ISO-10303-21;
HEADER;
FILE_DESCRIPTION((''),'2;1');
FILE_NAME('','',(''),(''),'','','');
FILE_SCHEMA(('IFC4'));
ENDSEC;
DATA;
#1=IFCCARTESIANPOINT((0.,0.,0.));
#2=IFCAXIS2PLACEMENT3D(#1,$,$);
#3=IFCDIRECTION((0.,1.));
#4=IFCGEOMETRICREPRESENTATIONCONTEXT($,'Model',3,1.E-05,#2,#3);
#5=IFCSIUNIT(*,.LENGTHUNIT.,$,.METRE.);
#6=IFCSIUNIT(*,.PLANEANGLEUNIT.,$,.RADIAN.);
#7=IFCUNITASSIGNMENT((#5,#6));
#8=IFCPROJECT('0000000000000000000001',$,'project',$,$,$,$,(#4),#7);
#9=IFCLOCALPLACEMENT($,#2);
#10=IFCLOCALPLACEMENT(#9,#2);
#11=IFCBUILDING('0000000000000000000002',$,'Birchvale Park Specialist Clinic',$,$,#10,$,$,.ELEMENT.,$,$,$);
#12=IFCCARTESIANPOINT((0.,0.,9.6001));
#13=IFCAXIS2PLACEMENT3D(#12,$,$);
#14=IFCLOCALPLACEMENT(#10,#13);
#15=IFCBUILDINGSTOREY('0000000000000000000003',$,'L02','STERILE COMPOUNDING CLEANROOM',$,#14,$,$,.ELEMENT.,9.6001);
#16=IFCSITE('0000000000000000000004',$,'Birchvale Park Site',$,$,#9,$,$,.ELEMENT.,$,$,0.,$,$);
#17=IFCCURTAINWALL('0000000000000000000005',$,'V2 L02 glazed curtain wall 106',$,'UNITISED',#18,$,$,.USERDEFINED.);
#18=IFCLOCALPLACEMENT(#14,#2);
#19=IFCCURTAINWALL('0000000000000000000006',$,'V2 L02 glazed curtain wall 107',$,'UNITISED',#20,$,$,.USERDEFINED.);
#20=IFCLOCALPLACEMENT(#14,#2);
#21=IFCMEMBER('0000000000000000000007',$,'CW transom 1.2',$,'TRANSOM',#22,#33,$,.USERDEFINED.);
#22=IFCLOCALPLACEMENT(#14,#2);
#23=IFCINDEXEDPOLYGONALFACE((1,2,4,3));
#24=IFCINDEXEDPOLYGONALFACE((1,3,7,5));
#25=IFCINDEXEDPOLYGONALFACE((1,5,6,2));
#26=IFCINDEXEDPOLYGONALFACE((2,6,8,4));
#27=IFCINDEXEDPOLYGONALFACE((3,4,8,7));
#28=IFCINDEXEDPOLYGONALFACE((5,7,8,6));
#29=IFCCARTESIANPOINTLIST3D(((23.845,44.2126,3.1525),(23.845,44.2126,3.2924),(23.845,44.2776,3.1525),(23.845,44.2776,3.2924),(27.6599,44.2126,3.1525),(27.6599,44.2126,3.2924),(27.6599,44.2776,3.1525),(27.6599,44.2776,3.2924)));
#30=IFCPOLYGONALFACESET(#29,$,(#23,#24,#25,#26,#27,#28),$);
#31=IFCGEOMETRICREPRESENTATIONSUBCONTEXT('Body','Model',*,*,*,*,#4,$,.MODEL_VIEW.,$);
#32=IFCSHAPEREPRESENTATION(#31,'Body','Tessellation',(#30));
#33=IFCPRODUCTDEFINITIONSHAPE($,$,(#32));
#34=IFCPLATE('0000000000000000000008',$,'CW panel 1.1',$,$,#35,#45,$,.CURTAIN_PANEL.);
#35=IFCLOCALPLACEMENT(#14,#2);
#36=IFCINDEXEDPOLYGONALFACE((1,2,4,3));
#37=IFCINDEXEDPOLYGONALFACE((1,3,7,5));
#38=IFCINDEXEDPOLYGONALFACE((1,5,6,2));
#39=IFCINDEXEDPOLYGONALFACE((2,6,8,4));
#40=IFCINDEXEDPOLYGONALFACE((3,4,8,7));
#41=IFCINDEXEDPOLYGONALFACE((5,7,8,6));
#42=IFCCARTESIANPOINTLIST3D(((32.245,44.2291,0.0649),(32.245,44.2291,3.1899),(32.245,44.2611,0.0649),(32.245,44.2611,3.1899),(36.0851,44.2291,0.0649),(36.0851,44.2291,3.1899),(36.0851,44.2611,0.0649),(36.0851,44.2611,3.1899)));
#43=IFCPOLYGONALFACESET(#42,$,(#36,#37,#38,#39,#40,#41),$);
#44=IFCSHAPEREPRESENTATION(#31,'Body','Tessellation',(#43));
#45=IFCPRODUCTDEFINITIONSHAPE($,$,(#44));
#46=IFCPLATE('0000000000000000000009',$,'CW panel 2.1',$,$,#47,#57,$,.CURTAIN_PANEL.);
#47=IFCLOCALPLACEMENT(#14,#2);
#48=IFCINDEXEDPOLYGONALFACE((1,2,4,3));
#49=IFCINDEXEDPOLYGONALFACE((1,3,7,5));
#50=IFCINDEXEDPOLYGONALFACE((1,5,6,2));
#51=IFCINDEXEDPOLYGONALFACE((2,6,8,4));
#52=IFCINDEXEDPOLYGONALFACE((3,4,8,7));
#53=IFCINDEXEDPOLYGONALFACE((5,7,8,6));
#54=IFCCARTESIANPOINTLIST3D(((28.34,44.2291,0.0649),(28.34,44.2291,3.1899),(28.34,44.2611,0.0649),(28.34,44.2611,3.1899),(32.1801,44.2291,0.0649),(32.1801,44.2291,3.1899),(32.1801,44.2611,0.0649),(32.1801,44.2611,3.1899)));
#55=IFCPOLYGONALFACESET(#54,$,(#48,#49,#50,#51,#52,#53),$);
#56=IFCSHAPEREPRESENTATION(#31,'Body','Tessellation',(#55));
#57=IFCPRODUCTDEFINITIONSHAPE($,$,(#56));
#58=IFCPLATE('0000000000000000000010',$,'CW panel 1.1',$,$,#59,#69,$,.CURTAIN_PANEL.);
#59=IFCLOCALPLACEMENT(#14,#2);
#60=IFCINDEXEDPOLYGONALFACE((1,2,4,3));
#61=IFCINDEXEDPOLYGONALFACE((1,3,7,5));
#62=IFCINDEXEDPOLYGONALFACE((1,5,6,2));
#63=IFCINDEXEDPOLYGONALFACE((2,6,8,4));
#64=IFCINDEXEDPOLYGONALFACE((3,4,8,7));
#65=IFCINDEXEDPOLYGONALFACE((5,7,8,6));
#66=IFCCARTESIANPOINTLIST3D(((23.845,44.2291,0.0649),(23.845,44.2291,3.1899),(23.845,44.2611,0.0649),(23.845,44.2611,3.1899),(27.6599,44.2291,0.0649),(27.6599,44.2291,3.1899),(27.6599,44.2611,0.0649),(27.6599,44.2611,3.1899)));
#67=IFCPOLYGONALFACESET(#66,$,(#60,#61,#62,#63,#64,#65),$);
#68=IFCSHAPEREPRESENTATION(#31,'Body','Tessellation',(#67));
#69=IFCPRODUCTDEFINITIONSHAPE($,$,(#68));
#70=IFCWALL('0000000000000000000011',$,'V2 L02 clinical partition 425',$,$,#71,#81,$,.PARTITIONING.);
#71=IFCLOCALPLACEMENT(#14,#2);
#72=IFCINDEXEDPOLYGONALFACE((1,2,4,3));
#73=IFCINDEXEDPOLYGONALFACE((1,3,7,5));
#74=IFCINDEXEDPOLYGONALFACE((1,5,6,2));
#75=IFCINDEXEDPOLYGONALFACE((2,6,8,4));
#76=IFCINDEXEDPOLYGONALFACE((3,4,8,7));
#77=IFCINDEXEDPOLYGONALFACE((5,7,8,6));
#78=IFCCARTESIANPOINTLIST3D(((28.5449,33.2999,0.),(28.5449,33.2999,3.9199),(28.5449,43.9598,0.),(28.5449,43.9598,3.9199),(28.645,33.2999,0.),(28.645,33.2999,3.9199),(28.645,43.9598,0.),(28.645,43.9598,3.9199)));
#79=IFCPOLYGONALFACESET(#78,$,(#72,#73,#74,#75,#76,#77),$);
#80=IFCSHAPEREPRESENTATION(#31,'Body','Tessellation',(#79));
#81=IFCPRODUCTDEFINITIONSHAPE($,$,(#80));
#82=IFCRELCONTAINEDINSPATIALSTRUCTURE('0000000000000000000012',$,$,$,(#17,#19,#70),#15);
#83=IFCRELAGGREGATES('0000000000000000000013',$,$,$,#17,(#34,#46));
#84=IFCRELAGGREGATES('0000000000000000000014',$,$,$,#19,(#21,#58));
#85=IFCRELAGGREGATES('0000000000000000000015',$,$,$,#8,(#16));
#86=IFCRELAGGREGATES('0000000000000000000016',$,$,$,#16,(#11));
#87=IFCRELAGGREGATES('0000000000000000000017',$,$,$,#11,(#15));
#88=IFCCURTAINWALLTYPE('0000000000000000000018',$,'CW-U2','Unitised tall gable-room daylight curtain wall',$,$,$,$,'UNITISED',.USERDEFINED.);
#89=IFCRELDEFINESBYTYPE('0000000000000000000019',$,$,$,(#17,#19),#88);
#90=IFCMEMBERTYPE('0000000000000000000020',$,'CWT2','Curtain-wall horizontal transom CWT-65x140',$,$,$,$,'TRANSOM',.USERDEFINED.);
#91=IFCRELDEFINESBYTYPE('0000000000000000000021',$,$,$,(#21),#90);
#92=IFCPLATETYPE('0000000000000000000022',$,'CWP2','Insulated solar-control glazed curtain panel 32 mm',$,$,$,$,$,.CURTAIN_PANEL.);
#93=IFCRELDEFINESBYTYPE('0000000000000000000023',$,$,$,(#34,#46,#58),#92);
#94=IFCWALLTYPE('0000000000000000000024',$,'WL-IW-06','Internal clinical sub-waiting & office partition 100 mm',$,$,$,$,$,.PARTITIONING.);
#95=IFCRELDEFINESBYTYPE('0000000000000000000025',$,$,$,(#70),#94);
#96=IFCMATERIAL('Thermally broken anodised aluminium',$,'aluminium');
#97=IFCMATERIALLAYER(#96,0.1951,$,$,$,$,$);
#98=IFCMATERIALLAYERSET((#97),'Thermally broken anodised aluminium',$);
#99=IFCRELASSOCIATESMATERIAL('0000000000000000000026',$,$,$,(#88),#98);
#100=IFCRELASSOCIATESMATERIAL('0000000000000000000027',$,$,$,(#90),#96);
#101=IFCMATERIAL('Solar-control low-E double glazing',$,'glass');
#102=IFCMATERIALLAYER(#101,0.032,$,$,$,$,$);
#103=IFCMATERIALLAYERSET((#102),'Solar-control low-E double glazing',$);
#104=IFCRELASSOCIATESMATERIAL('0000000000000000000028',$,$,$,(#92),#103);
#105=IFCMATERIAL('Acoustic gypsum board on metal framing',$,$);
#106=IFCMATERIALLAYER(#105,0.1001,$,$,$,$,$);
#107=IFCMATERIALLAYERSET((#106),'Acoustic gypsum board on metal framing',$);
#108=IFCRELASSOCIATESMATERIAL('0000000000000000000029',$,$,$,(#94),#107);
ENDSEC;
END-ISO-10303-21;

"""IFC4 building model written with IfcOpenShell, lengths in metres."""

from ifc_helpers import new_model, si_unit, direction, frame, frame_2d, origin, origin_2d, place, context, subcontext, project, spatial, rectangle, extrude, material, layer, layer_set, material_profile, profile_set, type_object, element, aggregate, save


model = new_model("IFC4")

# Units and contexts
model_context = context("Model", 3, precision=1e-05, world=origin(), true_north=direction((0.0, 1.0)))
body_context = subcontext(model_context, "Body", "Model", "MODEL_VIEW")
ifc_project = project(units=[si_unit("LENGTHUNIT", "METRE"), si_unit("PLANEANGLEUNIT", "RADIAN")], contexts=[model_context])

# Site, building, storey
site_placement = place(None, origin())
site = spatial("IfcSite", under=ifc_project, at=site_placement, Name="Birchvale Park Site", CompositionType="ELEMENT", RefElevation=0.0)
building_placement = place(site_placement, origin())
building = spatial("IfcBuilding", under=site, at=building_placement, Name="Birchvale Park Specialist Clinic", CompositionType="ELEMENT")
storey_placement = place(building_placement, frame((0.0, 0.0, 9.6001)))
storey = spatial("IfcBuildingStorey", under=building, at=storey_placement, Name="L02", Description="STERILE COMPOUNDING CLEANROOM", CompositionType="ELEMENT", Elevation=9.6001)

# Curtain walls
ifc_material_1 = material(Name="Thermally broken anodised aluminium", Category="aluminium")
ifc_layer_1 = layer(ifc_material_1, 0.1951)
ifc_layer_set_1 = layer_set([ifc_layer_1], Name="Thermally broken anodised aluminium")
curtain_wall_type = type_object("IfcCurtainWallType", Name="CW-U2", Description="Unitised tall gable-room daylight curtain wall", ElementType="UNITISED", PredefinedType="USERDEFINED", material=ifc_layer_set_1)
curtain_wall_1_placement = place(storey_placement, origin())
curtain_wall_1 = element("IfcCurtainWall", 1, at=curtain_wall_1_placement, inside=storey, type_object=curtain_wall_type, Name="V2 L02 glazed curtain wall 106", ObjectType="UNITISED", PredefinedType="USERDEFINED")
curtain_wall_2_placement = place(storey_placement, origin())
curtain_wall_2 = element("IfcCurtainWall", 2, at=curtain_wall_2_placement, inside=storey, type_object=curtain_wall_type, Name="V2 L02 glazed curtain wall 107", ObjectType="UNITISED", PredefinedType="USERDEFINED")

# Member
ifc_material_profile_1 = material_profile(ifc_material_1, rectangle(XDim=0.0649, YDim=0.1399, at=origin_2d()), Name="CWT-65x140")
ifc_profile_set_1 = profile_set([ifc_material_profile_1], Name="Thermally broken anodised aluminium")
member_type_1 = type_object("IfcMemberType", Name="CWT2", Description="Curtain-wall horizontal transom CWT-65x140", ElementType="TRANSOM", PredefinedType="USERDEFINED", material=ifc_profile_set_1)
member_1_placement = place(storey_placement, frame((27.6599, 44.2451, 3.2224), z_axis=(-1.0, 0.0, 0.0), x_axis=(0.0, -1.0, 0.0)))
member_1 = element("IfcMember", 3, at=member_1_placement, type_object=member_type_1, Name="CW transom 1.2", ObjectType="TRANSOM", PredefinedType="USERDEFINED", context=body_context, shape_type="SweptSolid", body=[
    extrude(rectangle(XDim=0.0649, YDim=0.1399, at=origin_2d()), origin(), (0.0, 0.0, 1.0), 3.8149),
])

# Plates
ifc_material_2 = material(Name="Solar-control low-E double glazing", Category="glass")
ifc_layer_2 = layer(ifc_material_2, 0.032)
ifc_layer_set_2 = layer_set([ifc_layer_2], Name="Solar-control low-E double glazing")
plate_type = type_object("IfcPlateType", Name="CWP2", Description="Insulated solar-control glazed curtain panel 32 mm", PredefinedType="CURTAIN_PANEL", material=ifc_layer_set_2)
plate_1_placement = place(storey_placement, frame((34.165, 44.2451, 0.0649), z_axis=(0.0, 0.0, 1.0), x_axis=(-1.0, 0.0, 0.0)))
plate_1 = element("IfcPlate", 4, at=plate_1_placement, type_object=plate_type, Name="CW panel 1.1", PredefinedType="CURTAIN_PANEL", context=body_context, shape_type="SweptSolid", body=[
    extrude(rectangle(XDim=3.8401, YDim=0.032, at=origin_2d()), origin(), (0.0, 0.0, 1.0), 3.125),
])
plate_2_placement = place(storey_placement, frame((30.26, 44.2451, 0.0649), z_axis=(0.0, 0.0, 1.0), x_axis=(-1.0, 0.0, 0.0)))
plate_2 = element("IfcPlate", 5, at=plate_2_placement, type_object=plate_type, Name="CW panel 2.1", PredefinedType="CURTAIN_PANEL", context=body_context, shape_type="SweptSolid", body=[
    extrude(rectangle(XDim=3.8401, YDim=0.032, at=origin_2d()), origin(), (0.0, 0.0, 1.0), 3.125),
])
aggregate(curtain_wall_1, [plate_1, plate_2])
plate_3_placement = place(storey_placement, frame((25.7524, 44.2451, 0.0649), z_axis=(0.0, 0.0, 1.0), x_axis=(-1.0, 0.0, 0.0)))
plate_3 = element("IfcPlate", 6, at=plate_3_placement, type_object=plate_type, Name="CW panel 1.1", PredefinedType="CURTAIN_PANEL", context=body_context, shape_type="SweptSolid", body=[
    extrude(rectangle(XDim=3.8149, YDim=0.032, at=origin_2d()), origin(), (0.0, 0.0, 1.0), 3.125),
])
aggregate(curtain_wall_2, [member_1, plate_3])

# Wall
ifc_material_3 = material(Name="Acoustic gypsum board on metal framing")
ifc_layer_3 = layer(ifc_material_3, 0.1001)
ifc_layer_set_3 = layer_set([ifc_layer_3], Name="Acoustic gypsum board on metal framing")
wall_type = type_object("IfcWallType", Name="WL-IW-06", Description="Internal clinical sub-waiting & office partition 100 mm", PredefinedType="PARTITIONING", material=ifc_layer_set_3)
wall_placement = place(storey_placement, frame((28.595, 43.96, 0.0), z_axis=(0.0, 0.0, 1.0), x_axis=(0.0, -1.0, 0.0)))
element("IfcWall", 7, at=wall_placement, inside=storey, type_object=wall_type, Name="V2 L02 clinical partition 425", PredefinedType="PARTITIONING", context=body_context, shape_type="SweptSolid", body=[
    extrude(rectangle(XDim=10.6599, YDim=0.1001, at=frame_2d((5.3301, 0.0))), origin(), (0.0, 0.0, 1.0), 3.9199),
])

save(model, "model.ifc")
